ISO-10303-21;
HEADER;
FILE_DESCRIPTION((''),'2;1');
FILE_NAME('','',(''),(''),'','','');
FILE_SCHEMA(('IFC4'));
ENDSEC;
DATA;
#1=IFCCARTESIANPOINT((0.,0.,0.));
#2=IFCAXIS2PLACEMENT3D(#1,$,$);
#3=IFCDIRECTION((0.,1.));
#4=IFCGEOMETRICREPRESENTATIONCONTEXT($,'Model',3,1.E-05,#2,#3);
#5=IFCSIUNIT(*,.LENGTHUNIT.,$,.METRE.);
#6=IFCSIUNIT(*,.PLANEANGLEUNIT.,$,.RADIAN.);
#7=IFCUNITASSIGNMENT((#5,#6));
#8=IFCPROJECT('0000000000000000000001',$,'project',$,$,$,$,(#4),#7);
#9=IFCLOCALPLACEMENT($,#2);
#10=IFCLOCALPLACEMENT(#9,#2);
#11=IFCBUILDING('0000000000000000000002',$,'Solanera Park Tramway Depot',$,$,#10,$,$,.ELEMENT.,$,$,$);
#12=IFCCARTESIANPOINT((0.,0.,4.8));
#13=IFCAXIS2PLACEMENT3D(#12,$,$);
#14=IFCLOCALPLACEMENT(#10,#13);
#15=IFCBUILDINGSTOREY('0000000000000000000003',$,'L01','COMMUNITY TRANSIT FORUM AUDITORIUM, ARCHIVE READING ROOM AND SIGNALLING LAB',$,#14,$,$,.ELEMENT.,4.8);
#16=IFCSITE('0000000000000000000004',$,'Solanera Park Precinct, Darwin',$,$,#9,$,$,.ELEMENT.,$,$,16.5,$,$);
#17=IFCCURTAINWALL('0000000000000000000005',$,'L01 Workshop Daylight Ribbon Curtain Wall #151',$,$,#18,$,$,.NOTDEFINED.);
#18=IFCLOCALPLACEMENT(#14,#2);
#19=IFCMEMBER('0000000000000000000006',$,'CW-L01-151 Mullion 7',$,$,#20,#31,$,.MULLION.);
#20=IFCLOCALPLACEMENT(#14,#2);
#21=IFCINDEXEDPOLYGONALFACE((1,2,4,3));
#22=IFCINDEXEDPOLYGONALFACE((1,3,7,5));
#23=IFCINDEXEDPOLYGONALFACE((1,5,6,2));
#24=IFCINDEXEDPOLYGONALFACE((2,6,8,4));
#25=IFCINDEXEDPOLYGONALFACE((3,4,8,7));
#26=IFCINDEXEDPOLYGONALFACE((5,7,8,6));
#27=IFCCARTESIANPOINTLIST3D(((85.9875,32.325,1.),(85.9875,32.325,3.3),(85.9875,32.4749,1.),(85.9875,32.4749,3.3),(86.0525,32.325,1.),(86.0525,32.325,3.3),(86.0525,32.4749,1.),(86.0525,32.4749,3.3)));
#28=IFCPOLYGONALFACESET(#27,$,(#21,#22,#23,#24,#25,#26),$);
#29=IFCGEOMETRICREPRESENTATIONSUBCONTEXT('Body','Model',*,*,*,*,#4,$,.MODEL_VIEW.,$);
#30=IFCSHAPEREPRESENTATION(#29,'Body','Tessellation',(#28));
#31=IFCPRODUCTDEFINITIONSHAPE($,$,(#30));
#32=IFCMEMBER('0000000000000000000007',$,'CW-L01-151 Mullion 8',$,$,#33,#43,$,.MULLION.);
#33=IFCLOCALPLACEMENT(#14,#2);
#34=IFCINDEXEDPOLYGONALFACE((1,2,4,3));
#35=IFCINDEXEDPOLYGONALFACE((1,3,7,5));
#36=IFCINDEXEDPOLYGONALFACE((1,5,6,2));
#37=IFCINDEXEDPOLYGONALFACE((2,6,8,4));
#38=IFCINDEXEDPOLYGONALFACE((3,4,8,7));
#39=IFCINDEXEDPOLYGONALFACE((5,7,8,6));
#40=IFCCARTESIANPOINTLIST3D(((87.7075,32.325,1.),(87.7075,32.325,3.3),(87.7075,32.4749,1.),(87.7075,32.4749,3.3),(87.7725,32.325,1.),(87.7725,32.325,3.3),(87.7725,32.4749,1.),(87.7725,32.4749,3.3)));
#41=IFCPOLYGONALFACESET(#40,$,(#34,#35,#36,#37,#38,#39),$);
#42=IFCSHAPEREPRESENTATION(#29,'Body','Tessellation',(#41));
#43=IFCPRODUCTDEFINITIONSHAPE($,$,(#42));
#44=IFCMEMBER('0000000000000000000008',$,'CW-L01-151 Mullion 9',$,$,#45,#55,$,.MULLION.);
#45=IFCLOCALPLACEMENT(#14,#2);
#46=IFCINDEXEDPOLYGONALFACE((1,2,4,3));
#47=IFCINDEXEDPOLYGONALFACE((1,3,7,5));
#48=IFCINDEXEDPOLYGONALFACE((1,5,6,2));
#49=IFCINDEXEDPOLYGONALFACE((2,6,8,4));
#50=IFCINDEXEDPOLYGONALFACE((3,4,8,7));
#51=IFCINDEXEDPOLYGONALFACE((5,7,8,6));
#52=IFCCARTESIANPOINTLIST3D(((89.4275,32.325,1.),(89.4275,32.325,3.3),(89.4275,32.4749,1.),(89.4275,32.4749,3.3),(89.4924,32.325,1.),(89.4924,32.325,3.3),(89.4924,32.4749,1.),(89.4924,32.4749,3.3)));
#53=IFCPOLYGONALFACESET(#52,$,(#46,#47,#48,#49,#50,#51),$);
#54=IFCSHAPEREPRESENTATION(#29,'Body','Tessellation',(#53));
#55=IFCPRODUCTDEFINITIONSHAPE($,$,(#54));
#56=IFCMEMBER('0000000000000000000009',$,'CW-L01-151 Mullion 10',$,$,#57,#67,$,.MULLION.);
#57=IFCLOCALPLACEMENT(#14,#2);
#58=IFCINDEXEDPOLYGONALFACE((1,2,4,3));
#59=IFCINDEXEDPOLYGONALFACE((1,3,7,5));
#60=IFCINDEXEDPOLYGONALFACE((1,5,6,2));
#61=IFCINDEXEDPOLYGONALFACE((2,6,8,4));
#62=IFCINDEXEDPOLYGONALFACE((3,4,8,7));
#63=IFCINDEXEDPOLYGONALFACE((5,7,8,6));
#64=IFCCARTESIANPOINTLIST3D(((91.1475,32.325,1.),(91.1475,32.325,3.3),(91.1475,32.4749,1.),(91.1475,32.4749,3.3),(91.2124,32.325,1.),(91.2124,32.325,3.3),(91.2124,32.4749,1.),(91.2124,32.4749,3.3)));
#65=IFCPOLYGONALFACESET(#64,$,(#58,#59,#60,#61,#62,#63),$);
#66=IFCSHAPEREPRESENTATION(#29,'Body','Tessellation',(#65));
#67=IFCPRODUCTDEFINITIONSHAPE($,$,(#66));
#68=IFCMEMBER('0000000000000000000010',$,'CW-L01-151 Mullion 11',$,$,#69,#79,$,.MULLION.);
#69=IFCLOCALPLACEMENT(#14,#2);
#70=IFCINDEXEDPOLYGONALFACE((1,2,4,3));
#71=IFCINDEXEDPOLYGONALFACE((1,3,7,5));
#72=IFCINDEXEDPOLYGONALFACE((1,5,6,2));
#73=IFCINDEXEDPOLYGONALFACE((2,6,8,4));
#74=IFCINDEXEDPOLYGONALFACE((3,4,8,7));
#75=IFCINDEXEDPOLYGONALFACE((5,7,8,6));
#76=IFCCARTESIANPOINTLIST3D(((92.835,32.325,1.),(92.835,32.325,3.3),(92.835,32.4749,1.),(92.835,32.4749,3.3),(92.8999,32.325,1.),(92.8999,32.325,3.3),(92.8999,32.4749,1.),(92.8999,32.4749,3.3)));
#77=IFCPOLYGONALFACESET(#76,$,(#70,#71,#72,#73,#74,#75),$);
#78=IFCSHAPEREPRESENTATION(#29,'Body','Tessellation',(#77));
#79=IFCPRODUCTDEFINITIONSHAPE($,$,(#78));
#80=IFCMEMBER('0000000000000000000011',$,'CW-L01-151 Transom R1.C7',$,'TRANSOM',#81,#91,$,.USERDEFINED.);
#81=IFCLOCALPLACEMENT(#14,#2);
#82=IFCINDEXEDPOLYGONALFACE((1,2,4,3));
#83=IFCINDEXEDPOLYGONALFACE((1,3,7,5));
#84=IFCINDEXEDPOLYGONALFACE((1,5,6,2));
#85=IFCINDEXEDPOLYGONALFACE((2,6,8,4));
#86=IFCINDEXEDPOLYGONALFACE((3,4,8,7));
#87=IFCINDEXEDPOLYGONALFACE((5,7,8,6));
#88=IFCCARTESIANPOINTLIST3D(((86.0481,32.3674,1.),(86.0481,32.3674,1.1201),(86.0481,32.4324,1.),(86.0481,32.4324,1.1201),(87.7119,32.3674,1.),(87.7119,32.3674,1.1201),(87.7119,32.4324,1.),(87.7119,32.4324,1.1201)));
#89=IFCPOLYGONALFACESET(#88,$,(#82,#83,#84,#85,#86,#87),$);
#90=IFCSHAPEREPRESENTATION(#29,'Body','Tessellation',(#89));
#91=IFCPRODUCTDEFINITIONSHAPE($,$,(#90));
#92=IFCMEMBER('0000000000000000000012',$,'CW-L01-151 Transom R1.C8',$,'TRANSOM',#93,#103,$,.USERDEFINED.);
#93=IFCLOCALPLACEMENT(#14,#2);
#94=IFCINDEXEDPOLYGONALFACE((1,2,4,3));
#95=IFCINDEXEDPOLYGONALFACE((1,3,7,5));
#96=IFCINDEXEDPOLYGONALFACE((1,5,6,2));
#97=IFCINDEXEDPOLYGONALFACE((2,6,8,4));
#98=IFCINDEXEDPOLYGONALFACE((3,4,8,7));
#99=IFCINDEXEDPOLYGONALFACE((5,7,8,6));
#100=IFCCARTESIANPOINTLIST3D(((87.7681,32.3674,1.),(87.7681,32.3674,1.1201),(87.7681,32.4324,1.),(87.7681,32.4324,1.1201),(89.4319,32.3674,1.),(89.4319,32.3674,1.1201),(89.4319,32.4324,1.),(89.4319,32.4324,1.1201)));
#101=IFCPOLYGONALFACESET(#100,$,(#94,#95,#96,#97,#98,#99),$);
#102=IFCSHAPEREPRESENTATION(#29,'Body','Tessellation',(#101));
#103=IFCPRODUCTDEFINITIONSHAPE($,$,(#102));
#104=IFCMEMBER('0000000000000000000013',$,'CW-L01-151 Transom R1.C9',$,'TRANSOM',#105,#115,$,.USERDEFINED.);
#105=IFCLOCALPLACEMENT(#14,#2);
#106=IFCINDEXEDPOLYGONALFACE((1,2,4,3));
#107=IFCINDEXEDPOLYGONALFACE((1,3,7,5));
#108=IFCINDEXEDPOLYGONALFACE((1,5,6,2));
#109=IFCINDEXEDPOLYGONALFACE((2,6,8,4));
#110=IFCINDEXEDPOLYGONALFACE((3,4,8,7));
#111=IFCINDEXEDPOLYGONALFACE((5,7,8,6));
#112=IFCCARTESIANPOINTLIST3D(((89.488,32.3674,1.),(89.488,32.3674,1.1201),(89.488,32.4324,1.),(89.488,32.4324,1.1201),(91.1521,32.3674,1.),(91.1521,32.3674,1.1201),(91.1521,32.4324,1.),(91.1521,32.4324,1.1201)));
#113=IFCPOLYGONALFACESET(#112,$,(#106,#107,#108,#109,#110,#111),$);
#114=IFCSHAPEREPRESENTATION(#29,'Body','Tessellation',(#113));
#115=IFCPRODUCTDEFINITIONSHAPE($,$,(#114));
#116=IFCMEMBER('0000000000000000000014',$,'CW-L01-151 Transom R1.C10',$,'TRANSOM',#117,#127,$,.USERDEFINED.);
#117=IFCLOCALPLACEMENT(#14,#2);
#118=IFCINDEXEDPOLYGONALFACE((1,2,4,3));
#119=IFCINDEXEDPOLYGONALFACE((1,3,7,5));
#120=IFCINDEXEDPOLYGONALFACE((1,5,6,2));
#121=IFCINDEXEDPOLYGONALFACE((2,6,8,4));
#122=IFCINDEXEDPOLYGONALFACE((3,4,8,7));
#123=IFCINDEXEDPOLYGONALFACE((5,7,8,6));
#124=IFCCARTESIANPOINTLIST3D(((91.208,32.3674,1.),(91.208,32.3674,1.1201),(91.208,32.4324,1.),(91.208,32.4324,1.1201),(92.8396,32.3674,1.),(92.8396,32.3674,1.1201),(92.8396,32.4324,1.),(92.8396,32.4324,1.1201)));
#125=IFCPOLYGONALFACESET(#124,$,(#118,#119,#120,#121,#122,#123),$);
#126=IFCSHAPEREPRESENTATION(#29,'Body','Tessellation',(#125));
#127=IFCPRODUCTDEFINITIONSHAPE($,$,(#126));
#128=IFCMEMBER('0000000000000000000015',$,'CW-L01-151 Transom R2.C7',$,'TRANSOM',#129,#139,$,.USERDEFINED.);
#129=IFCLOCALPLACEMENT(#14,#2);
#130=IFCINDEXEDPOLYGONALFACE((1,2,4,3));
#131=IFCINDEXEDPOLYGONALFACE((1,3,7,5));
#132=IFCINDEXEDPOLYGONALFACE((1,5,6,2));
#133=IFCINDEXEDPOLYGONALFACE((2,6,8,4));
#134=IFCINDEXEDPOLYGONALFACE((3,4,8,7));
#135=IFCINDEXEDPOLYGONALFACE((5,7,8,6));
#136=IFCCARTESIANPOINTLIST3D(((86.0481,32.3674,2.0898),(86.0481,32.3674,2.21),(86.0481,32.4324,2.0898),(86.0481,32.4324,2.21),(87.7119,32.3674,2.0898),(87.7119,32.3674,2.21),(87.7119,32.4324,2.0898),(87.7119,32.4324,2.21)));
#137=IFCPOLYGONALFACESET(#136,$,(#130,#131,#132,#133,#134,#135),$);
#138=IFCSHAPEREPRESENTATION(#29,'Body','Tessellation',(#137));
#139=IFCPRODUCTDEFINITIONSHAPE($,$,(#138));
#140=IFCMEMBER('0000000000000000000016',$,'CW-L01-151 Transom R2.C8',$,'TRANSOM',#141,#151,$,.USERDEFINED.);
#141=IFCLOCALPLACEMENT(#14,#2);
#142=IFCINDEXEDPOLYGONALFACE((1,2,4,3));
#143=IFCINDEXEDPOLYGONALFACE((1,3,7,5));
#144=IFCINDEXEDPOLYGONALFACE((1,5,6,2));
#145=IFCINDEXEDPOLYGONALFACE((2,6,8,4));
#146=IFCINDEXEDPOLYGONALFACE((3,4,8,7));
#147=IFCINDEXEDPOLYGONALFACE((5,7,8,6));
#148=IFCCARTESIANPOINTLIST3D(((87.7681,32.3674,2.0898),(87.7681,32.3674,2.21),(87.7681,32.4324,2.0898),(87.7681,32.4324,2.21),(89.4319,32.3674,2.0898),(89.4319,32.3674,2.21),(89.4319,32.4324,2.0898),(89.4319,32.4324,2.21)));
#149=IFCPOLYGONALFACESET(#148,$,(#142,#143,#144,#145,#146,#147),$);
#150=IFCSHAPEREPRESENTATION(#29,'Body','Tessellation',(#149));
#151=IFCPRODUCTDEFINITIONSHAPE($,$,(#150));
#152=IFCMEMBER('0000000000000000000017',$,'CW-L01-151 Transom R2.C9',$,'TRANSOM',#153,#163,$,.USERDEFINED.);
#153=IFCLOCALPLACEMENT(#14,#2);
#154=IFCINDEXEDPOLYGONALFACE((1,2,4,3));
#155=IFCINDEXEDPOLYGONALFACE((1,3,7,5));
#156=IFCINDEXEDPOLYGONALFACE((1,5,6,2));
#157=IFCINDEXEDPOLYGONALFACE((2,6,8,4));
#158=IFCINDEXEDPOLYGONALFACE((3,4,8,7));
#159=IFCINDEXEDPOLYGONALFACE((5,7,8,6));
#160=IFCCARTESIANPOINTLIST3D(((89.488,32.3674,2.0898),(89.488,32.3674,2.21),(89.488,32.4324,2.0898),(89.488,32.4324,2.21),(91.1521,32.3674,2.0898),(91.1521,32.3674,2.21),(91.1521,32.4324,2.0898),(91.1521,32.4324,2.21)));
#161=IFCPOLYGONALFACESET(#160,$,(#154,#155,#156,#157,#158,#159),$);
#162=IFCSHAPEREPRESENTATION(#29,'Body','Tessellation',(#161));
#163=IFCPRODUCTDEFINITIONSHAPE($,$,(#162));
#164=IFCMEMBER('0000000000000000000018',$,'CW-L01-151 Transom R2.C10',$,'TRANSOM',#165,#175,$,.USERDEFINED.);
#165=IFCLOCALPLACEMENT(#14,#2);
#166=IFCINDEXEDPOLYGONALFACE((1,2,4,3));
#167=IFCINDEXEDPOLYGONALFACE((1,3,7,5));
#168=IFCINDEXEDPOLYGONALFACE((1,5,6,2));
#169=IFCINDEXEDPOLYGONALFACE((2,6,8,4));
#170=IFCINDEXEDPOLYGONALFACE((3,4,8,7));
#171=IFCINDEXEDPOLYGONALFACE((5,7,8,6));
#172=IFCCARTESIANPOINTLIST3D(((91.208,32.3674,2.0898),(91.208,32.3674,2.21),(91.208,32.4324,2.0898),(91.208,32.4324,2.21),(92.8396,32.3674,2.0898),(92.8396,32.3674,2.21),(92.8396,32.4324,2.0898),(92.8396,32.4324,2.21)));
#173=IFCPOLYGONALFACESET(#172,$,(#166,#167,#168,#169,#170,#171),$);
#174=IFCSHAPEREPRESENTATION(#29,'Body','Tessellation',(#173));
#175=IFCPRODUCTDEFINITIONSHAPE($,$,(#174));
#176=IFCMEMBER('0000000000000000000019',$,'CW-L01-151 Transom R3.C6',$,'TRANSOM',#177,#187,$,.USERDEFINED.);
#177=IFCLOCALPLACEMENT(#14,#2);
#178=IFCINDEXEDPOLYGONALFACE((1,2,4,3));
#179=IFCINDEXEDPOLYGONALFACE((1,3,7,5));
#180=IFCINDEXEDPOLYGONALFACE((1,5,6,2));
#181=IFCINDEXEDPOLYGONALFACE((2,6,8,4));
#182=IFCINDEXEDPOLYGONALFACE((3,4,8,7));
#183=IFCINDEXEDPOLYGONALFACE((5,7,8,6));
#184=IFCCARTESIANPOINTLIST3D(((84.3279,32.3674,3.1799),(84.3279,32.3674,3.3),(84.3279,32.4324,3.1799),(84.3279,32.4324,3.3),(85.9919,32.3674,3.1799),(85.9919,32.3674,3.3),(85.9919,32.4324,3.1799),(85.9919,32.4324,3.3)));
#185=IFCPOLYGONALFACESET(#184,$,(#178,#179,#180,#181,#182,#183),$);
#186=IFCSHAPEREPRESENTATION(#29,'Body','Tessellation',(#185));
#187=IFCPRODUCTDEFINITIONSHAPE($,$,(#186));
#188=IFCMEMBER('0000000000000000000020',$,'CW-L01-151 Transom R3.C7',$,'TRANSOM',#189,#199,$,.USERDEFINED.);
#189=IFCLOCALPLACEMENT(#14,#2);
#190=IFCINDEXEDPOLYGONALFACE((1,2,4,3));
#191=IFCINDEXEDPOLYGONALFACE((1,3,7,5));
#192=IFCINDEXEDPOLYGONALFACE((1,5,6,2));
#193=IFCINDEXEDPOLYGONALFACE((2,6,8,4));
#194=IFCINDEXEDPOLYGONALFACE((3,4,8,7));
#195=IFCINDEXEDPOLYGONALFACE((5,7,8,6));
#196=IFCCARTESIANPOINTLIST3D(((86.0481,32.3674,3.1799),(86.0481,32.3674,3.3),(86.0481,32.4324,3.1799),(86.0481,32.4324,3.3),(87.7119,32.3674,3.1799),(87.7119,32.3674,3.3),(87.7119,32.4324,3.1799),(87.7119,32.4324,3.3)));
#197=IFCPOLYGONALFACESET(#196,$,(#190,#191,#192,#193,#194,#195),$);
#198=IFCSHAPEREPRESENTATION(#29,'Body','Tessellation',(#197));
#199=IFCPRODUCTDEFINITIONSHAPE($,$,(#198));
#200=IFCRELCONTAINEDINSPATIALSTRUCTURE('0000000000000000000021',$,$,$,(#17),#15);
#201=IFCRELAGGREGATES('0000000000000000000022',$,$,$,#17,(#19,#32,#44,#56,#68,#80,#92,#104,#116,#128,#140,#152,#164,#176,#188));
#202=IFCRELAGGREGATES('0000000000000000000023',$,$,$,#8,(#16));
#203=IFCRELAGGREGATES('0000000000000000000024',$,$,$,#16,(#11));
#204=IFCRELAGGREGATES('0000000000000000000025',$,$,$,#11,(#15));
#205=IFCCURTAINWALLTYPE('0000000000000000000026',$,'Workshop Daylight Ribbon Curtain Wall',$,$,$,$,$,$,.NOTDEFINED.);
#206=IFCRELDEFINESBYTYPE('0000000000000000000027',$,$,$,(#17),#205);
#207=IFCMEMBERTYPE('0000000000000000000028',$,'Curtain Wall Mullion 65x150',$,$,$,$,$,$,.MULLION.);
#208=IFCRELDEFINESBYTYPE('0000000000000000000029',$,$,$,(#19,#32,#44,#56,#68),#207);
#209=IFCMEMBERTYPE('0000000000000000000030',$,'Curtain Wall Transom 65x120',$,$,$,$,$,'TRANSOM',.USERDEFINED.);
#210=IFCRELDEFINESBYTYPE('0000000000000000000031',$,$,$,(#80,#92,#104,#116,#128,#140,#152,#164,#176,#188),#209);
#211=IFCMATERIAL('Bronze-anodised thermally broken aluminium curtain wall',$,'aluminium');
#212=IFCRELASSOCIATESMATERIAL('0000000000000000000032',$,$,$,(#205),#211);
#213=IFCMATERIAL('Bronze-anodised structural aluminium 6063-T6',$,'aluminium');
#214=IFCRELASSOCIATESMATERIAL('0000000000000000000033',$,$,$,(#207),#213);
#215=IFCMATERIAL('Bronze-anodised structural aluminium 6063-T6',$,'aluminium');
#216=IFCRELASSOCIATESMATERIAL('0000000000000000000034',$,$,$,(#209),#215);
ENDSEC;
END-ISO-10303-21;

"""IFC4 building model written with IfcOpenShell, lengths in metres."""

from ifc_helpers import new_model, si_unit, direction, frame, origin, origin_2d, place, context, subcontext, project, spatial, rectangle, extrude, material, material_profile, profile_set, type_object, element, aggregate, save


model = new_model("IFC4")

# Units and contexts
model_context = context("Model", 3, precision=1e-05, world=origin(), true_north=direction((0.0, 1.0)))
body_context = subcontext(model_context, "Body", "Model", "MODEL_VIEW")
ifc_project = project(units=[si_unit("LENGTHUNIT", "METRE"), si_unit("PLANEANGLEUNIT", "RADIAN")], contexts=[model_context])

# Site, building, storey
site_placement = place(None, origin())
site = spatial("IfcSite", under=ifc_project, at=site_placement, Name="Solanera Park Precinct, Darwin", CompositionType="ELEMENT", RefElevation=16.5)
building_placement = place(site_placement, origin())
building = spatial("IfcBuilding", under=site, at=building_placement, Name="Solanera Park Tramway Depot", CompositionType="ELEMENT")
storey_placement = place(building_placement, frame((0.0, 0.0, 4.8)))
storey = spatial("IfcBuildingStorey", under=building, at=storey_placement, Name="L01", Description="COMMUNITY TRANSIT FORUM AUDITORIUM, ARCHIVE READING ROOM AND SIGNALLING LAB", CompositionType="ELEMENT", Elevation=4.8)

# Curtain wall, members
ifc_material_1 = material(Name="Bronze-anodised thermally broken aluminium curtain wall", Category="aluminium")
curtain_wall_type = type_object("IfcCurtainWallType", Name="Workshop Daylight Ribbon Curtain Wall", PredefinedType="NOTDEFINED", material=ifc_material_1)
curtain_wall_placement = place(storey_placement, origin())
curtain_wall = element("IfcCurtainWall", 1, at=curtain_wall_placement, inside=storey, type_object=curtain_wall_type, Name="L01 Workshop Daylight Ribbon Curtain Wall #151", PredefinedType="NOTDEFINED")
ifc_material_2 = material(Name="Bronze-anodised structural aluminium 6063-T6", Category="aluminium")
ifc_material_profile_1 = material_profile(ifc_material_2, rectangle(XDim=0.0649, YDim=0.1499, at=origin_2d()), Name="Curtain Wall Mullion 65x150")
ifc_profile_set_1 = profile_set([ifc_material_profile_1], Name="Bronze-anodised structural aluminium 6063-T6")
member_type_1 = type_object("IfcMemberType", Name="Curtain Wall Mullion 65x150", PredefinedType="MULLION", material=ifc_profile_set_1)
member_1_placement = place(storey_placement, frame((86.02, 32.3999, 1.0), z_axis=(0.0, 0.0, 1.0), x_axis=(1.0, 0.0, 0.0)))
member_1 = element("IfcMember", 2, at=member_1_placement, type_object=member_type_1, Name="CW-L01-151 Mullion 7", PredefinedType="MULLION", context=body_context, shape_type="SweptSolid", body=[
    extrude(rectangle(XDim=0.0649, YDim=0.1499, at=origin_2d()), origin(), (0.0, 0.0, 1.0), 2.3),
])
member_2_placement = place(storey_placement, frame((87.74, 32.3999, 1.0), z_axis=(0.0, 0.0, 1.0), x_axis=(1.0, 0.0, 0.0)))
member_2 = element("IfcMember", 3, at=member_2_placement, type_object=member_type_1, Name="CW-L01-151 Mullion 8", PredefinedType="MULLION", context=body_context, shape_type="SweptSolid", body=[
    extrude(rectangle(XDim=0.0649, YDim=0.1499, at=origin_2d()), origin(), (0.0, 0.0, 1.0), 2.3),
])
member_3_placement = place(storey_placement, frame((89.46, 32.3999, 1.0), z_axis=(0.0, 0.0, 1.0), x_axis=(1.0, 0.0, 0.0)))
member_3 = element("IfcMember", 4, at=member_3_placement, type_object=member_type_1, Name="CW-L01-151 Mullion 9", PredefinedType="MULLION", context=body_context, shape_type="SweptSolid", body=[
    extrude(rectangle(XDim=0.0649, YDim=0.1499, at=origin_2d()), origin(), (0.0, 0.0, 1.0), 2.3),
])
member_4_placement = place(storey_placement, frame((91.1799, 32.3999, 1.0), z_axis=(0.0, 0.0, 1.0), x_axis=(1.0, 0.0, 0.0)))
member_4 = element("IfcMember", 5, at=member_4_placement, type_object=member_type_1, Name="CW-L01-151 Mullion 10", PredefinedType="MULLION", context=body_context, shape_type="SweptSolid", body=[
    extrude(rectangle(XDim=0.0649, YDim=0.1499, at=origin_2d()), origin(), (0.0, 0.0, 1.0), 2.3),
])
member_5_placement = place(storey_placement, frame((92.8674, 32.3999, 1.0), z_axis=(0.0, 0.0, 1.0), x_axis=(1.0, 0.0, 0.0)))
member_5 = element("IfcMember", 6, at=member_5_placement, type_object=member_type_1, Name="CW-L01-151 Mullion 11", PredefinedType="MULLION", context=body_context, shape_type="SweptSolid", body=[
    extrude(rectangle(XDim=0.0649, YDim=0.1499, at=origin_2d()), origin(), (0.0, 0.0, 1.0), 2.3),
])
ifc_material_3 = material(Name="Bronze-anodised structural aluminium 6063-T6", Category="aluminium")
ifc_material_profile_2 = material_profile(ifc_material_3, rectangle(XDim=0.0649, YDim=0.1201, at=origin_2d()), Name="Curtain Wall Transom 65x120")
ifc_profile_set_2 = profile_set([ifc_material_profile_2], Name="Bronze-anodised structural aluminium 6063-T6")
member_type_2 = type_object("IfcMemberType", Name="Curtain Wall Transom 65x120", ElementType="TRANSOM", PredefinedType="USERDEFINED", material=ifc_profile_set_2)
member_6_placement = place(storey_placement, frame((86.0481, 32.3999, 1.0601), z_axis=(1.0, 0.0, 0.0), x_axis=(0.0, 1.0, 0.0)))
member_6 = element("IfcMember", 7, at=member_6_placement, type_object=member_type_2, Name="CW-L01-151 Transom R1.C7", ObjectType="TRANSOM", PredefinedType="USERDEFINED", context=body_context, shape_type="SweptSolid", body=[
    extrude(rectangle(XDim=0.0649, YDim=0.1201, at=origin_2d()), origin(), (0.0, 0.0, 1.0), 1.6638),
])
member_7_placement = place(storey_placement, frame((87.7681, 32.3999, 1.0601), z_axis=(1.0, 0.0, 0.0), x_axis=(0.0, 1.0, 0.0)))
member_7 = element("IfcMember", 8, at=member_7_placement, type_object=member_type_2, Name="CW-L01-151 Transom R1.C8", ObjectType="TRANSOM", PredefinedType="USERDEFINED", context=body_context, shape_type="SweptSolid", body=[
    extrude(rectangle(XDim=0.0649, YDim=0.1201, at=origin_2d()), origin(), (0.0, 0.0, 1.0), 1.6638),
])
member_8_placement = place(storey_placement, frame((89.488, 32.3999, 1.0601), z_axis=(1.0, 0.0, 0.0), x_axis=(0.0, 1.0, 0.0)))
member_8 = element("IfcMember", 9, at=member_8_placement, type_object=member_type_2, Name="CW-L01-151 Transom R1.C9", ObjectType="TRANSOM", PredefinedType="USERDEFINED", context=body_context, shape_type="SweptSolid", body=[
    extrude(rectangle(XDim=0.0649, YDim=0.1201, at=origin_2d()), origin(), (0.0, 0.0, 1.0), 1.6641),
])
member_9_placement = place(storey_placement, frame((91.208, 32.3999, 1.0601), z_axis=(1.0, 0.0, 0.0), x_axis=(0.0, 1.0, 0.0)))
member_9 = element("IfcMember", 10, at=member_9_placement, type_object=member_type_2, Name="CW-L01-151 Transom R1.C10", ObjectType="TRANSOM", PredefinedType="USERDEFINED", context=body_context, shape_type="SweptSolid", body=[
    extrude(rectangle(XDim=0.0649, YDim=0.1201, at=origin_2d()), origin(), (0.0, 0.0, 1.0), 1.6316),
])
member_10_placement = place(storey_placement, frame((86.0481, 32.3999, 2.1499), z_axis=(1.0, 0.0, 0.0), x_axis=(0.0, 1.0, 0.0)))
member_10 = element("IfcMember", 11, at=member_10_placement, type_object=member_type_2, Name="CW-L01-151 Transom R2.C7", ObjectType="TRANSOM", PredefinedType="USERDEFINED", context=body_context, shape_type="SweptSolid", body=[
    extrude(rectangle(XDim=0.0649, YDim=0.1201, at=origin_2d()), origin(), (0.0, 0.0, 1.0), 1.6638),
])
member_11_placement = place(storey_placement, frame((87.7681, 32.3999, 2.1499), z_axis=(1.0, 0.0, 0.0), x_axis=(0.0, 1.0, 0.0)))
member_11 = element("IfcMember", 12, at=member_11_placement, type_object=member_type_2, Name="CW-L01-151 Transom R2.C8", ObjectType="TRANSOM", PredefinedType="USERDEFINED", context=body_context, shape_type="SweptSolid", body=[
    extrude(rectangle(XDim=0.0649, YDim=0.1201, at=origin_2d()), origin(), (0.0, 0.0, 1.0), 1.6638),
])
member_12_placement = place(storey_placement, frame((89.488, 32.3999, 2.1499), z_axis=(1.0, 0.0, 0.0), x_axis=(0.0, 1.0, 0.0)))
member_12 = element("IfcMember", 13, at=member_12_placement, type_object=member_type_2, Name="CW-L01-151 Transom R2.C9", ObjectType="TRANSOM", PredefinedType="USERDEFINED", context=body_context, shape_type="SweptSolid", body=[
    extrude(rectangle(XDim=0.0649, YDim=0.1201, at=origin_2d()), origin(), (0.0, 0.0, 1.0), 1.6641),
])
member_13_placement = place(storey_placement, frame((91.208, 32.3999, 2.1499), z_axis=(1.0, 0.0, 0.0), x_axis=(0.0, 1.0, 0.0)))
member_13 = element("IfcMember", 14, at=member_13_placement, type_object=member_type_2, Name="CW-L01-151 Transom R2.C10", ObjectType="TRANSOM", PredefinedType="USERDEFINED", context=body_context, shape_type="SweptSolid", body=[
    extrude(rectangle(XDim=0.0649, YDim=0.1201, at=origin_2d()), origin(), (0.0, 0.0, 1.0), 1.6316),
])
member_14_placement = place(storey_placement, frame((84.3279, 32.3999, 3.24), z_axis=(1.0, 0.0, 0.0), x_axis=(0.0, 1.0, 0.0)))
member_14 = element("IfcMember", 15, at=member_14_placement, type_object=member_type_2, Name="CW-L01-151 Transom R3.C6", ObjectType="TRANSOM", PredefinedType="USERDEFINED", context=body_context, shape_type="SweptSolid", body=[
    extrude(rectangle(XDim=0.0649, YDim=0.1201, at=origin_2d()), origin(), (0.0, 0.0, 1.0), 1.6641),
])
member_15_placement = place(storey_placement, frame((86.0481, 32.3999, 3.24), z_axis=(1.0, 0.0, 0.0), x_axis=(0.0, 1.0, 0.0)))
member_15 = element("IfcMember", 16, at=member_15_placement, type_object=member_type_2, Name="CW-L01-151 Transom R3.C7", ObjectType="TRANSOM", PredefinedType="USERDEFINED", context=body_context, shape_type="SweptSolid", body=[
    extrude(rectangle(XDim=0.0649, YDim=0.1201, at=origin_2d()), origin(), (0.0, 0.0, 1.0), 1.6638),
])
aggregate(curtain_wall, [member_1, member_2, member_3, member_4, member_5, member_6, member_7, member_8, member_9, member_10, member_11, member_12, member_13, member_14, member_15])

save(model, "model.ifc")
